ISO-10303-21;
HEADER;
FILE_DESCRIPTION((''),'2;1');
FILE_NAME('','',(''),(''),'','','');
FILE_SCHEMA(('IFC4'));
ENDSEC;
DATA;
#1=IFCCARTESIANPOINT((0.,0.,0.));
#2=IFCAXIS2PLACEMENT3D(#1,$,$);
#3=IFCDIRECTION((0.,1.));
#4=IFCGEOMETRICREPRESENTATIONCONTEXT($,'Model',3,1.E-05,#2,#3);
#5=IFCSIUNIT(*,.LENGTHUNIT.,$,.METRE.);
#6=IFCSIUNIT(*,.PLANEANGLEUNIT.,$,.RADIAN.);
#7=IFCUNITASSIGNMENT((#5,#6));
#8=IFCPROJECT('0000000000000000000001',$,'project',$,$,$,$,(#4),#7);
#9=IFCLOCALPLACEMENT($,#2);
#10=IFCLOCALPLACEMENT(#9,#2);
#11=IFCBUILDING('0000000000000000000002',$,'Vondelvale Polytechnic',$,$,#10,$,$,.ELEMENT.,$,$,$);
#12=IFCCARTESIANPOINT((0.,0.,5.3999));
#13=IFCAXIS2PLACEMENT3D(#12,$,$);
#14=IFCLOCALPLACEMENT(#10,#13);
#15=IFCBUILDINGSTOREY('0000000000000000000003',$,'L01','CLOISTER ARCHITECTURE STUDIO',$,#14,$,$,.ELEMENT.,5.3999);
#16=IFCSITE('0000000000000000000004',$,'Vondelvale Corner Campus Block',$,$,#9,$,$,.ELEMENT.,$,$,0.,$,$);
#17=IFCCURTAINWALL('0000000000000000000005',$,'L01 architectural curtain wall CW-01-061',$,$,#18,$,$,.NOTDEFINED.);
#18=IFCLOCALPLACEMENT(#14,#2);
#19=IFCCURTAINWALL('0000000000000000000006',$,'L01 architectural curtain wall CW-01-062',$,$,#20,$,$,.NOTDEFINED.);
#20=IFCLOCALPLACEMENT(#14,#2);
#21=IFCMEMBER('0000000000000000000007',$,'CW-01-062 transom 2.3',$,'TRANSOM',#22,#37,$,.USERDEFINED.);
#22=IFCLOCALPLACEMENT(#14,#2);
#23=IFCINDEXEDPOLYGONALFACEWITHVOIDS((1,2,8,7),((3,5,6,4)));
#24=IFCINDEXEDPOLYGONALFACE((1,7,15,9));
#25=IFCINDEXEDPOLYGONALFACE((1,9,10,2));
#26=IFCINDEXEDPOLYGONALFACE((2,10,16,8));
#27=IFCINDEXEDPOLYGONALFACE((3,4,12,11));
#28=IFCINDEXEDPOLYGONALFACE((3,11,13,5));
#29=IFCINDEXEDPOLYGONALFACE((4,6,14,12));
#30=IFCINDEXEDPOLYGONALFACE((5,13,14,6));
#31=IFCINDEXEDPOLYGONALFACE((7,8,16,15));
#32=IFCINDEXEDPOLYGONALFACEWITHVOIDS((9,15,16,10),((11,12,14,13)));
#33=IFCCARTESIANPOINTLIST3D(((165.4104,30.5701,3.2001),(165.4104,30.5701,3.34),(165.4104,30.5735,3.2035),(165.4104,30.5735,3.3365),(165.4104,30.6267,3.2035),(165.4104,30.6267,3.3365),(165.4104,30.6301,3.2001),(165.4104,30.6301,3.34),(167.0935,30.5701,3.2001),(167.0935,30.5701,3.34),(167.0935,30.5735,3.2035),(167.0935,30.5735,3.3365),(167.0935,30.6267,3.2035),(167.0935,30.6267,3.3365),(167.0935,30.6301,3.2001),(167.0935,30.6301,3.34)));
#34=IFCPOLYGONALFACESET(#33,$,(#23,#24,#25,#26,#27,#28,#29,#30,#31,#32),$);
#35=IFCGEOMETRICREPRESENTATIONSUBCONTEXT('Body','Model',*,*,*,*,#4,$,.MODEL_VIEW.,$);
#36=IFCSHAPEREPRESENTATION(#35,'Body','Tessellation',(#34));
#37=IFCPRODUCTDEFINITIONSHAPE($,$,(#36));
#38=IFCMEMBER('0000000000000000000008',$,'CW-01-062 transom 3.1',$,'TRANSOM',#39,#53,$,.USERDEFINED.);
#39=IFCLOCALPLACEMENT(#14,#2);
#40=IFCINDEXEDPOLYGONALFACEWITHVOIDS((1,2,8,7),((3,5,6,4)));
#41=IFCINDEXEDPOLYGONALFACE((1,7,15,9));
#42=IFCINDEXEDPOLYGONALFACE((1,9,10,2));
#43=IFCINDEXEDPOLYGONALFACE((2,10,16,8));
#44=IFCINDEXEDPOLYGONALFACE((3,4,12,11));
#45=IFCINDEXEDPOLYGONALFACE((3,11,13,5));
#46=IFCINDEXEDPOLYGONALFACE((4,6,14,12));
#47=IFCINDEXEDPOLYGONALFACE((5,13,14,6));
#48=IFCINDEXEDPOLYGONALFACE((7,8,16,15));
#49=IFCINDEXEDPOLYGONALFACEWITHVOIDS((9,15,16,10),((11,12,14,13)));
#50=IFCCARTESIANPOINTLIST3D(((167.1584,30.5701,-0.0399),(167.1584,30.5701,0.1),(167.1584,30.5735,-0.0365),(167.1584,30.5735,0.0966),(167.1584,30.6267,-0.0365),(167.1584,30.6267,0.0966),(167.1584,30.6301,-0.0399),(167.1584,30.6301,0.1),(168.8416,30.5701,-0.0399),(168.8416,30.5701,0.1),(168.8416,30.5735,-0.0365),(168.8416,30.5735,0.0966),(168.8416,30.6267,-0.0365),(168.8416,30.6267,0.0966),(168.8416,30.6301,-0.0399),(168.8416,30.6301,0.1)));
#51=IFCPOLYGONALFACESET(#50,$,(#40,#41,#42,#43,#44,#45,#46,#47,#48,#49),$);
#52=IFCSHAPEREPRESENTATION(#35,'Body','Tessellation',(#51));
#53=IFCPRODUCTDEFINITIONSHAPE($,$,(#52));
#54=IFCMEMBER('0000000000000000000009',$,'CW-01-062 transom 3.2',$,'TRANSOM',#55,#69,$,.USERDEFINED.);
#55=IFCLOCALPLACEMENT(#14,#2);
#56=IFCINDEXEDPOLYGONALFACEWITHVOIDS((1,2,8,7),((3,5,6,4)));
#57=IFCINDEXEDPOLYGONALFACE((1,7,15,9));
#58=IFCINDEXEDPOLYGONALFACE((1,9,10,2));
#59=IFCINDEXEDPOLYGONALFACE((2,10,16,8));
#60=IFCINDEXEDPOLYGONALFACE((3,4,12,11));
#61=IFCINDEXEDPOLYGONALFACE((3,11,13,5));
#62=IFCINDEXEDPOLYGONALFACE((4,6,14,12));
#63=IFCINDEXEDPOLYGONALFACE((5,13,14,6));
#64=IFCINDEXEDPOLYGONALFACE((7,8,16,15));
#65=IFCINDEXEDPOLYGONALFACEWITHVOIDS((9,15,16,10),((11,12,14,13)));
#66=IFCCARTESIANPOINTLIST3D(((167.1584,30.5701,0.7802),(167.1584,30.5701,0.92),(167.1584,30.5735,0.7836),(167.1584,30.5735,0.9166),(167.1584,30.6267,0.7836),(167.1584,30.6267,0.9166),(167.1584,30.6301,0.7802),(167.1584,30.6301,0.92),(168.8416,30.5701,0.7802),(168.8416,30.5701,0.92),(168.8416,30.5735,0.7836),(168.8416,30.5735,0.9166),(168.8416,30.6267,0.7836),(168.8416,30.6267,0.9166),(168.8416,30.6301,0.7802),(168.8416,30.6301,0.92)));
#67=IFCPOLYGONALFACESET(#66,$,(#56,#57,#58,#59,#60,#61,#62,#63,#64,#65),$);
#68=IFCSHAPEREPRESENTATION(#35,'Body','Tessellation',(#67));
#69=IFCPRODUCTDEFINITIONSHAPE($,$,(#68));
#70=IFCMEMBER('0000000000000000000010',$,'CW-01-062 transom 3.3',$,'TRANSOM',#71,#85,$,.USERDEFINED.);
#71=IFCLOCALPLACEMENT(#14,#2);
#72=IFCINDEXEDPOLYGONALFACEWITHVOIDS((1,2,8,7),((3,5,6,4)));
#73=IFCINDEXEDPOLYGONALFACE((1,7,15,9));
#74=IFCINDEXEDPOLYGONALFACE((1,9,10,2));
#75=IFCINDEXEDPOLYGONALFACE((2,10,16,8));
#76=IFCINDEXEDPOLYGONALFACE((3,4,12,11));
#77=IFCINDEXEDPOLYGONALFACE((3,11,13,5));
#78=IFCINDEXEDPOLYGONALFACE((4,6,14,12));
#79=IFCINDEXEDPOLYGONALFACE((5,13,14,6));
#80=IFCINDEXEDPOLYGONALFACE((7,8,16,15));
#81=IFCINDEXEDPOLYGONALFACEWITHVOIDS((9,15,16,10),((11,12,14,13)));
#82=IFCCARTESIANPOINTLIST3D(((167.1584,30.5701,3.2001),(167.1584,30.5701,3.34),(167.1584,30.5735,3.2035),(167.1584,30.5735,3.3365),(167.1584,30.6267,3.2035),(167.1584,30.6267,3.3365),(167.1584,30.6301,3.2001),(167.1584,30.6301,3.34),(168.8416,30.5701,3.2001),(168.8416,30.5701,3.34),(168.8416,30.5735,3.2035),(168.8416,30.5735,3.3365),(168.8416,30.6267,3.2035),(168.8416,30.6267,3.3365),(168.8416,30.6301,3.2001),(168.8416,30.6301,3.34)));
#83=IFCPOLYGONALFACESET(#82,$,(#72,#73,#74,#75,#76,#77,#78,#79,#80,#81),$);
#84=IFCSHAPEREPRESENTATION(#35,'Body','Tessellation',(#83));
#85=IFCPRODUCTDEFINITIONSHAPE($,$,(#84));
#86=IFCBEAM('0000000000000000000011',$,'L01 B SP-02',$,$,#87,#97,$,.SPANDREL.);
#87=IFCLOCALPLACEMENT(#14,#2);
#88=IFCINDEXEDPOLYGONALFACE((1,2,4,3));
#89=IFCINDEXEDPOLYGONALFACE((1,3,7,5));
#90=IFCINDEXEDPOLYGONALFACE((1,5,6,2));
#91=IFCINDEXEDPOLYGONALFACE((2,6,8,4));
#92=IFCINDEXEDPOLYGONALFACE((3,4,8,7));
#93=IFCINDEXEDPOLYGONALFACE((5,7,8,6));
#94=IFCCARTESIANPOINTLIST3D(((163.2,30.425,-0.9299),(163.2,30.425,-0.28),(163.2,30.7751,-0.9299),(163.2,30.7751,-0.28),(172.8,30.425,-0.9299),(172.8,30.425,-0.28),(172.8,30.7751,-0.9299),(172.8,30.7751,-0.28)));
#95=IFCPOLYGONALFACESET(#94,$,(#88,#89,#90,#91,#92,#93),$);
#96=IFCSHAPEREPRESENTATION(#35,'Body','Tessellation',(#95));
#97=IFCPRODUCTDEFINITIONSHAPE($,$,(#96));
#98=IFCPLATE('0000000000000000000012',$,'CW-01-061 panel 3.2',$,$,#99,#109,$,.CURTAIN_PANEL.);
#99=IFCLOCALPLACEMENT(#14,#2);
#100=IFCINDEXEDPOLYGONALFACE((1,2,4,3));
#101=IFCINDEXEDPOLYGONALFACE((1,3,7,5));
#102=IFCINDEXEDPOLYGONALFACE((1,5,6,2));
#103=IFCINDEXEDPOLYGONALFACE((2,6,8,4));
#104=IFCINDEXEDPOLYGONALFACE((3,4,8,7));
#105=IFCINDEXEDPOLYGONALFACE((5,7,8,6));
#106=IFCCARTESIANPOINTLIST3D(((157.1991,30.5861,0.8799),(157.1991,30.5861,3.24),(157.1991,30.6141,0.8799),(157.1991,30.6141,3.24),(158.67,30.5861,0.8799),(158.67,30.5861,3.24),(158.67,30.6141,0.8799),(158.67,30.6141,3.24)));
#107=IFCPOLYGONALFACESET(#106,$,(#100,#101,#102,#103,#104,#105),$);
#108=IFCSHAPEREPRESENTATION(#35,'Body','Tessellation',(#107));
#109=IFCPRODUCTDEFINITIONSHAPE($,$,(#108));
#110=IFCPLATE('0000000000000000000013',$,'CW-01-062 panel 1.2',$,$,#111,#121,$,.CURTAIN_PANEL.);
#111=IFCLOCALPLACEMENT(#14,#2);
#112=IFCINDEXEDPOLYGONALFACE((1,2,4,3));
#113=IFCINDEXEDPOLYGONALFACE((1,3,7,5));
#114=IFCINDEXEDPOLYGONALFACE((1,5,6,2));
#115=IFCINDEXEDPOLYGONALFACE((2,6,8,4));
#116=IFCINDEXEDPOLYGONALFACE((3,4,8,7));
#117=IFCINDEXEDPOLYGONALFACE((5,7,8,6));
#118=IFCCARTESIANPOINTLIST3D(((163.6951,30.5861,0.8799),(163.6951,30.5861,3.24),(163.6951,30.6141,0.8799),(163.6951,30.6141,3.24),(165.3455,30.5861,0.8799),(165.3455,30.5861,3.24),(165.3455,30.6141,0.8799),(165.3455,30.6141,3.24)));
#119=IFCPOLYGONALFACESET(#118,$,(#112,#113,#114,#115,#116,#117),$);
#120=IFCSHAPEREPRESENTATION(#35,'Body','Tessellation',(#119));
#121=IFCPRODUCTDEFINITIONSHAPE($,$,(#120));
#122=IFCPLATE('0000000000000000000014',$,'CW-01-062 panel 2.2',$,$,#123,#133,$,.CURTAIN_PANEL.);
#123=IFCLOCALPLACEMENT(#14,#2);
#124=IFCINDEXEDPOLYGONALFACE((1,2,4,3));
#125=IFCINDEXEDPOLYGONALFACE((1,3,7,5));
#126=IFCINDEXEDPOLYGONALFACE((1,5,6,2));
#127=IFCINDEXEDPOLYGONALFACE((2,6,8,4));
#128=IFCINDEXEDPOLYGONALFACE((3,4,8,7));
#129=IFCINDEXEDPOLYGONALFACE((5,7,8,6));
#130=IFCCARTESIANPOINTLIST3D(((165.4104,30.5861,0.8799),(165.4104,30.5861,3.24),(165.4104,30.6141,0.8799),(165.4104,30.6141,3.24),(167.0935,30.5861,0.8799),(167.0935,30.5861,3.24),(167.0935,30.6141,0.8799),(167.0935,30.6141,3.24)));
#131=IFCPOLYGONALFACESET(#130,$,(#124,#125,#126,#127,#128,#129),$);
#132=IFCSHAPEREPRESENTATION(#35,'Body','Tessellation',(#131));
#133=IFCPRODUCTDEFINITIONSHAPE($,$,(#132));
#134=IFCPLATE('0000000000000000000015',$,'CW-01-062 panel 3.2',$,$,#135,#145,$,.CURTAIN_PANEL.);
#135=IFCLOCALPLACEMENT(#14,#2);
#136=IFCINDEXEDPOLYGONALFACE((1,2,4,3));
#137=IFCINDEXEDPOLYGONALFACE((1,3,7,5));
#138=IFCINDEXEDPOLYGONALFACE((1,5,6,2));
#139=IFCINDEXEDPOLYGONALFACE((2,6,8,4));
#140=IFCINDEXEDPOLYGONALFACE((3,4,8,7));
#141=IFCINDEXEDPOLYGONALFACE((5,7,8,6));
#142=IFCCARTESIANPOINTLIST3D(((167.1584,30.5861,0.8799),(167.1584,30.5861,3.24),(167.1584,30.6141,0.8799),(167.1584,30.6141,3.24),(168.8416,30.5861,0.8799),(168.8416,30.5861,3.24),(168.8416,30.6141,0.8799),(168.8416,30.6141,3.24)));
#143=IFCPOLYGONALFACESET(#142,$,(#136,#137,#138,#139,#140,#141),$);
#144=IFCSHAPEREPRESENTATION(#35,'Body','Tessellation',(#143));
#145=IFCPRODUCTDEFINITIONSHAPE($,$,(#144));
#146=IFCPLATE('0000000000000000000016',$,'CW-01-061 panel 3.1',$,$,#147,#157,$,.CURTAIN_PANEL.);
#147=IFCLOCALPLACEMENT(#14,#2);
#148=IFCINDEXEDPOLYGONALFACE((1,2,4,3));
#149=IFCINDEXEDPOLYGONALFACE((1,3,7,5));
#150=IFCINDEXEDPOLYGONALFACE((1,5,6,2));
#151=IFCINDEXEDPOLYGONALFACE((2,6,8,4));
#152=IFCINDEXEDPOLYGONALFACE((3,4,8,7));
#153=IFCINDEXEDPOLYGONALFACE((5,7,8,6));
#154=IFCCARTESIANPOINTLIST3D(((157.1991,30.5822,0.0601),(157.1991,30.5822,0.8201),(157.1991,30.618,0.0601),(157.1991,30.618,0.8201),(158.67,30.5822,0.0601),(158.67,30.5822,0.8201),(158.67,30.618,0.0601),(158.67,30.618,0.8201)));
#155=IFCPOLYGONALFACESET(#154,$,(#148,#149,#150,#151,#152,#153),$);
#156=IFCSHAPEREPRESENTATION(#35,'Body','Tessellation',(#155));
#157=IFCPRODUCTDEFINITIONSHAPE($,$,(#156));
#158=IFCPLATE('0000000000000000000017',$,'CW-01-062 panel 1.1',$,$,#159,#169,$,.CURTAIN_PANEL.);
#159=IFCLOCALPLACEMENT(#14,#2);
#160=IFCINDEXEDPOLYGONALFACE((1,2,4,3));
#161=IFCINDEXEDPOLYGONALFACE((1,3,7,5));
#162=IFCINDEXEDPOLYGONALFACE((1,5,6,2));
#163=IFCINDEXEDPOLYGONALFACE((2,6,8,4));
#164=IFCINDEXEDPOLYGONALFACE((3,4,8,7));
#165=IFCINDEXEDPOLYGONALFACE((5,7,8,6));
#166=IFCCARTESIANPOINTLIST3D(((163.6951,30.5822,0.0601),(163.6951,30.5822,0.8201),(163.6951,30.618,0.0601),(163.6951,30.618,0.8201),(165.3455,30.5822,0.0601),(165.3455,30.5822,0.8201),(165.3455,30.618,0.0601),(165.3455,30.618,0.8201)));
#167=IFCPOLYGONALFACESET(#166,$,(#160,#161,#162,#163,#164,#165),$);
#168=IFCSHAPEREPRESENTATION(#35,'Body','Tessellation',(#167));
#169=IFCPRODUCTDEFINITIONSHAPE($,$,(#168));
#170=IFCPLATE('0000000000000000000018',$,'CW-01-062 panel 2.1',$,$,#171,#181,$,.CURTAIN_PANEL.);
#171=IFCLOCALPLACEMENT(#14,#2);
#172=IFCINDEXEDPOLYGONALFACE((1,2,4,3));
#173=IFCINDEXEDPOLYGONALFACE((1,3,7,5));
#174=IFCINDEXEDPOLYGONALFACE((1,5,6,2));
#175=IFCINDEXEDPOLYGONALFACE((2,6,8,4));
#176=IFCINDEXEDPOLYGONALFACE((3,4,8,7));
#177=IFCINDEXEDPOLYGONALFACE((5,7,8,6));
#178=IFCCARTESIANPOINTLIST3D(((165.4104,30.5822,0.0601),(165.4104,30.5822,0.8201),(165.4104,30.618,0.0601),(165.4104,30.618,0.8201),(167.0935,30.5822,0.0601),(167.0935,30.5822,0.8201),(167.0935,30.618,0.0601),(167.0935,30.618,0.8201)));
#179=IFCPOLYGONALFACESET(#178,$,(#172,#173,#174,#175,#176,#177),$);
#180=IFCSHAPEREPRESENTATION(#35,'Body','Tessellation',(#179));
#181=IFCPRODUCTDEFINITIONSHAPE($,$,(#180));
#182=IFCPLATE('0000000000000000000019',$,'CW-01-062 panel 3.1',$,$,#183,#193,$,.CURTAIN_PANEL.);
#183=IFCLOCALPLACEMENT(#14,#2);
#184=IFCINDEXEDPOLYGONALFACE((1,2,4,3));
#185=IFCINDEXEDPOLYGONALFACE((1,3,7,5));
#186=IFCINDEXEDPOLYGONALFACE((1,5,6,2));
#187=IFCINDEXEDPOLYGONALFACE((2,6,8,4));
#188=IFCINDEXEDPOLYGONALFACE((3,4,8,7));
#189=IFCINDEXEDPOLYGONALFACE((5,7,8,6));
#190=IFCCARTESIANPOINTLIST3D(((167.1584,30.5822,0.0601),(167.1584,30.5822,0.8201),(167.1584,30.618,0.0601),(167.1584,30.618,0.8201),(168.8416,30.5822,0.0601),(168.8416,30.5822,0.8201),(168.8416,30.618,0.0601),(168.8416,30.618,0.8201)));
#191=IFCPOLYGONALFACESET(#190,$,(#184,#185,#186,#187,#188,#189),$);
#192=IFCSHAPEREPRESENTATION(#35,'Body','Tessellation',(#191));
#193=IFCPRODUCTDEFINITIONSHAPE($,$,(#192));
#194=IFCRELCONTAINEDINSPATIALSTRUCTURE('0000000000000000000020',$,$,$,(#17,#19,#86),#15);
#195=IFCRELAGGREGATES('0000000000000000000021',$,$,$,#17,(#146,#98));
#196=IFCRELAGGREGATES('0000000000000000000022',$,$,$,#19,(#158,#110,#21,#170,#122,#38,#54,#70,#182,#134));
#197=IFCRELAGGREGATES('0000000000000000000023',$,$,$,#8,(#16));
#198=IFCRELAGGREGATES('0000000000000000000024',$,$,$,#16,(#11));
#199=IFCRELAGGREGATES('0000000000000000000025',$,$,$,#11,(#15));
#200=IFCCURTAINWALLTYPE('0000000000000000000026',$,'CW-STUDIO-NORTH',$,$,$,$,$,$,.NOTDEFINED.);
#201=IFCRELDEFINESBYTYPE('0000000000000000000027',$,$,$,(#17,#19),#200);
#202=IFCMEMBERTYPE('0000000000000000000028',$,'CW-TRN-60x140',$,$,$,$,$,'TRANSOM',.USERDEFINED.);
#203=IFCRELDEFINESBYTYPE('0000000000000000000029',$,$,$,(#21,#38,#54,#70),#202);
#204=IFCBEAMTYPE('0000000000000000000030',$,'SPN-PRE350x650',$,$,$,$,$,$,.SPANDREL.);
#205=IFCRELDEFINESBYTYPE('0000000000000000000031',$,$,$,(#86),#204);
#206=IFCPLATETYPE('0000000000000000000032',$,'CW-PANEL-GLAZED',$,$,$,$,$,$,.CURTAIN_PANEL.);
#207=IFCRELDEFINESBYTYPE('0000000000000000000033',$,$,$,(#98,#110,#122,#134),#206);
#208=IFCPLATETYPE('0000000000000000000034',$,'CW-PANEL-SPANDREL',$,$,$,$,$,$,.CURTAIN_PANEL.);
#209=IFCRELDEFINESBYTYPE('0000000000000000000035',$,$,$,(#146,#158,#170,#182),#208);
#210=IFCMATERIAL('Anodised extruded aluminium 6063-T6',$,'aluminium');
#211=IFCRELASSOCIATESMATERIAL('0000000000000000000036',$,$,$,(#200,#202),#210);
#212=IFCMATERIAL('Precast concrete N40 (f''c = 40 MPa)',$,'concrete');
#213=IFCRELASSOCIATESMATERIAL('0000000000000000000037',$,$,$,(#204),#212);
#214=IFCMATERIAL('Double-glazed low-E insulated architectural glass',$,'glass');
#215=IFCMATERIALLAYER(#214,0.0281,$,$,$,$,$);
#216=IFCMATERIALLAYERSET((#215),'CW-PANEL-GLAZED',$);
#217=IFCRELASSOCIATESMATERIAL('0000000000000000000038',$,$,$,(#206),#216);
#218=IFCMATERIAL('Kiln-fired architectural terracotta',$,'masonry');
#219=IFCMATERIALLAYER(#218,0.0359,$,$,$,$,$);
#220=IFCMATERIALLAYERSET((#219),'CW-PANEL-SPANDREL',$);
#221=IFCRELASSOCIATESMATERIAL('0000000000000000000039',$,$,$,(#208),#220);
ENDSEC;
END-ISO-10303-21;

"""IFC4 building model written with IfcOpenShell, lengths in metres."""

from ifc_helpers import new_model, si_unit, direction, frame, origin, origin_2d, place, context, subcontext, project, spatial, rectangle, hollow_rectangle, extrude, material, layer, layer_set, material_profile, profile_set, type_object, element, aggregate, save


model = new_model("IFC4")

# Units and contexts
model_context = context("Model", 3, precision=1e-05, world=origin(), true_north=direction((0.0, 1.0)))
body_context = subcontext(model_context, "Body", "Model", "MODEL_VIEW")
ifc_project = project(units=[si_unit("LENGTHUNIT", "METRE"), si_unit("PLANEANGLEUNIT", "RADIAN")], contexts=[model_context])

# Site, building, storey
site_placement = place(None, origin())
site = spatial("IfcSite", under=ifc_project, at=site_placement, Name="Vondelvale Corner Campus Block", CompositionType="ELEMENT", RefElevation=0.0)
building_placement = place(site_placement, origin())
building = spatial("IfcBuilding", under=site, at=building_placement, Name="Vondelvale Polytechnic", CompositionType="ELEMENT")
storey_placement = place(building_placement, frame((0.0, 0.0, 5.3999)))
storey = spatial("IfcBuildingStorey", under=building, at=storey_placement, Name="L01", Description="CLOISTER ARCHITECTURE STUDIO", CompositionType="ELEMENT", Elevation=5.3999)

# Curtain wall
ifc_material_1 = material(Name="Anodised extruded aluminium 6063-T6", Category="aluminium")
curtain_wall_type = type_object("IfcCurtainWallType", Name="CW-STUDIO-NORTH", PredefinedType="NOTDEFINED", material=ifc_material_1)
curtain_wall_1_placement = place(storey_placement, origin())
curtain_wall_1 = element("IfcCurtainWall", 1, at=curtain_wall_1_placement, inside=storey, type_object=curtain_wall_type, Name="L01 architectural curtain wall CW-01-061", PredefinedType="NOTDEFINED")

# Curtain wall, members
curtain_wall_2_placement = place(storey_placement, origin())
curtain_wall_2 = element("IfcCurtainWall", 2, at=curtain_wall_2_placement, inside=storey, type_object=curtain_wall_type, Name="L01 architectural curtain wall CW-01-062", PredefinedType="NOTDEFINED")
ifc_material_profile_1 = material_profile(ifc_material_1, hollow_rectangle(XDim=0.0601, YDim=0.1399, WallThickness=0.0034, at=origin_2d()), Name="CW-TRN-140x60")
ifc_profile_set_1 = profile_set([ifc_material_profile_1], Name="Anodised extruded aluminium 6063-T6")
member_type_1 = type_object("IfcMemberType", Name="CW-TRN-60x140", ElementType="TRANSOM", PredefinedType="USERDEFINED", material=ifc_profile_set_1)
member_1_placement = place(storey_placement, frame((165.4104, 30.6001, 3.27), z_axis=(1.0, 0.0, 0.0), x_axis=(0.0, 1.0, 0.0)))
member_1 = element("IfcMember", 3, at=member_1_placement, type_object=member_type_1, Name="CW-01-062 transom 2.3", ObjectType="TRANSOM", PredefinedType="USERDEFINED", context=body_context, shape_type="SweptSolid", body=[
    extrude(hollow_rectangle(XDim=0.0601, YDim=0.1399, WallThickness=0.0034, at=origin_2d()), origin(), (0.0, 0.0, 1.0), 1.6831),
])
member_2_placement = place(storey_placement, frame((167.1584, 30.6001, 0.03), z_axis=(1.0, 0.0, 0.0), x_axis=(0.0, 1.0, 0.0)))
member_2 = element("IfcMember", 4, at=member_2_placement, type_object=member_type_1, Name="CW-01-062 transom 3.1", ObjectType="TRANSOM", PredefinedType="USERDEFINED", context=body_context, shape_type="SweptSolid", body=[
    extrude(hollow_rectangle(XDim=0.0601, YDim=0.1399, WallThickness=0.0034, at=origin_2d()), origin(), (0.0, 0.0, 1.0), 1.6831),
])
member_3_placement = place(storey_placement, frame((167.1584, 30.6001, 0.8501), z_axis=(1.0, 0.0, 0.0), x_axis=(0.0, 1.0, 0.0)))
member_3 = element("IfcMember", 5, at=member_3_placement, type_object=member_type_1, Name="CW-01-062 transom 3.2", ObjectType="TRANSOM", PredefinedType="USERDEFINED", context=body_context, shape_type="SweptSolid", body=[
    extrude(hollow_rectangle(XDim=0.0601, YDim=0.1399, WallThickness=0.0034, at=origin_2d()), origin(), (0.0, 0.0, 1.0), 1.6831),
])
member_4_placement = place(storey_placement, frame((167.1584, 30.6001, 3.27), z_axis=(1.0, 0.0, 0.0), x_axis=(0.0, 1.0, 0.0)))
member_4 = element("IfcMember", 6, at=member_4_placement, type_object=member_type_1, Name="CW-01-062 transom 3.3", ObjectType="TRANSOM", PredefinedType="USERDEFINED", context=body_context, shape_type="SweptSolid", body=[
    extrude(hollow_rectangle(XDim=0.0601, YDim=0.1399, WallThickness=0.0034, at=origin_2d()), origin(), (0.0, 0.0, 1.0), 1.6831),
])

# Beam
ifc_material_2 = material(Name="Precast concrete N40 (f'c = 40 MPa)", Category="concrete")
ifc_material_profile_2 = material_profile(ifc_material_2, rectangle(XDim=0.3501, YDim=0.6499, at=origin_2d()), Name="RC-SPN-350x650")
ifc_profile_set_2 = profile_set([ifc_material_profile_2], Name="Precast concrete N40 (f'c = 40 MPa)")
beam_type = type_object("IfcBeamType", Name="SPN-PRE350x650", PredefinedType="SPANDREL", material=ifc_profile_set_2)
beam_placement = place(storey_placement, frame((163.2, 30.6001, -0.605), z_axis=(1.0, 0.0, 0.0), x_axis=(0.0, 1.0, 0.0)))
element("IfcBeam", 7, at=beam_placement, inside=storey, type_object=beam_type, Name="L01 B SP-02", PredefinedType="SPANDREL", context=body_context, shape_type="SweptSolid", body=[
    extrude(rectangle(XDim=0.3501, YDim=0.6499, at=origin_2d()), origin(), (0.0, 0.0, 1.0), 9.6001),
])

# Plates
ifc_material_3 = material(Name="Double-glazed low-E insulated architectural glass", Category="glass")
ifc_layer_1 = layer(ifc_material_3, 0.0281)
ifc_layer_set_1 = layer_set([ifc_layer_1], Name="CW-PANEL-GLAZED")
plate_type_1 = type_object("IfcPlateType", Name="CW-PANEL-GLAZED", PredefinedType="CURTAIN_PANEL", material=ifc_layer_set_1)
plate_1_placement = place(storey_placement, frame((157.9346, 30.6001, 0.8799), z_axis=(0.0, 0.0, 1.0), x_axis=(1.0, 0.0, 0.0)))
plate_1 = element("IfcPlate", 8, at=plate_1_placement, type_object=plate_type_1, Name="CW-01-061 panel 3.2", PredefinedType="CURTAIN_PANEL", context=body_context, shape_type="SweptSolid", body=[
    extrude(rectangle(XDim=1.4709, YDim=0.0281, at=origin_2d()), origin(), (0.0, 0.0, 1.0), 2.3601),
])
plate_2_placement = place(storey_placement, frame((164.5203, 30.6001, 0.8799), z_axis=(0.0, 0.0, 1.0), x_axis=(1.0, 0.0, 0.0)))
plate_2 = element("IfcPlate", 9, at=plate_2_placement, type_object=plate_type_1, Name="CW-01-062 panel 1.2", PredefinedType="CURTAIN_PANEL", context=body_context, shape_type="SweptSolid", body=[
    extrude(rectangle(XDim=1.6504, YDim=0.0281, at=origin_2d()), origin(), (0.0, 0.0, 1.0), 2.3601),
])
plate_3_placement = place(storey_placement, frame((166.252, 30.6001, 0.8799), z_axis=(0.0, 0.0, 1.0), x_axis=(1.0, 0.0, 0.0)))
plate_3 = element("IfcPlate", 10, at=plate_3_placement, type_object=plate_type_1, Name="CW-01-062 panel 2.2", PredefinedType="CURTAIN_PANEL", context=body_context, shape_type="SweptSolid", body=[
    extrude(rectangle(XDim=1.6831, YDim=0.0281, at=origin_2d()), origin(), (0.0, 0.0, 1.0), 2.3601),
])
plate_4_placement = place(storey_placement, frame((168.0, 30.6001, 0.8799), z_axis=(0.0, 0.0, 1.0), x_axis=(1.0, 0.0, 0.0)))
plate_4 = element("IfcPlate", 11, at=plate_4_placement, type_object=plate_type_1, Name="CW-01-062 panel 3.2", PredefinedType="CURTAIN_PANEL", context=body_context, shape_type="SweptSolid", body=[
    extrude(rectangle(XDim=1.6831, YDim=0.0281, at=origin_2d()), origin(), (0.0, 0.0, 1.0), 2.3601),
])
ifc_material_4 = material(Name="Kiln-fired architectural terracotta", Category="masonry")
ifc_layer_2 = layer(ifc_material_4, 0.0359)
ifc_layer_set_2 = layer_set([ifc_layer_2], Name="CW-PANEL-SPANDREL")
plate_type_2 = type_object("IfcPlateType", Name="CW-PANEL-SPANDREL", PredefinedType="CURTAIN_PANEL", material=ifc_layer_set_2)
plate_5_placement = place(storey_placement, frame((157.9346, 30.6001, 0.0601), z_axis=(0.0, 0.0, 1.0), x_axis=(1.0, 0.0, 0.0)))
plate_5 = element("IfcPlate", 12, at=plate_5_placement, type_object=plate_type_2, Name="CW-01-061 panel 3.1", PredefinedType="CURTAIN_PANEL", context=body_context, shape_type="SweptSolid", body=[
    extrude(rectangle(XDim=1.4709, YDim=0.0359, at=origin_2d()), origin(), (0.0, 0.0, 1.0), 0.76),
])
aggregate(curtain_wall_1, [plate_5, plate_1])
plate_6_placement = place(storey_placement, frame((164.5203, 30.6001, 0.0601), z_axis=(0.0, 0.0, 1.0), x_axis=(1.0, 0.0, 0.0)))
plate_6 = element("IfcPlate", 13, at=plate_6_placement, type_object=plate_type_2, Name="CW-01-062 panel 1.1", PredefinedType="CURTAIN_PANEL", context=body_context, shape_type="SweptSolid", body=[
    extrude(rectangle(XDim=1.6504, YDim=0.0359, at=origin_2d()), origin(), (0.0, 0.0, 1.0), 0.76),
])
plate_7_placement = place(storey_placement, frame((166.252, 30.6001, 0.0601), z_axis=(0.0, 0.0, 1.0), x_axis=(1.0, 0.0, 0.0)))
plate_7 = element("IfcPlate", 14, at=plate_7_placement, type_object=plate_type_2, Name="CW-01-062 panel 2.1", PredefinedType="CURTAIN_PANEL", context=body_context, shape_type="SweptSolid", body=[
    extrude(rectangle(XDim=1.6831, YDim=0.0359, at=origin_2d()), origin(), (0.0, 0.0, 1.0), 0.76),
])
plate_8_placement = place(storey_placement, frame((168.0, 30.6001, 0.0601), z_axis=(0.0, 0.0, 1.0), x_axis=(1.0, 0.0, 0.0)))
plate_8 = element("IfcPlate", 15, at=plate_8_placement, type_object=plate_type_2, Name="CW-01-062 panel 3.1", PredefinedType="CURTAIN_PANEL", context=body_context, shape_type="SweptSolid", body=[
    extrude(rectangle(XDim=1.6831, YDim=0.0359, at=origin_2d()), origin(), (0.0, 0.0, 1.0), 0.76),
])
aggregate(curtain_wall_2, [plate_6, plate_2, member_1, plate_7, plate_3, member_2, member_3, member_4, plate_8, plate_4])

save(model, "model.ifc")
